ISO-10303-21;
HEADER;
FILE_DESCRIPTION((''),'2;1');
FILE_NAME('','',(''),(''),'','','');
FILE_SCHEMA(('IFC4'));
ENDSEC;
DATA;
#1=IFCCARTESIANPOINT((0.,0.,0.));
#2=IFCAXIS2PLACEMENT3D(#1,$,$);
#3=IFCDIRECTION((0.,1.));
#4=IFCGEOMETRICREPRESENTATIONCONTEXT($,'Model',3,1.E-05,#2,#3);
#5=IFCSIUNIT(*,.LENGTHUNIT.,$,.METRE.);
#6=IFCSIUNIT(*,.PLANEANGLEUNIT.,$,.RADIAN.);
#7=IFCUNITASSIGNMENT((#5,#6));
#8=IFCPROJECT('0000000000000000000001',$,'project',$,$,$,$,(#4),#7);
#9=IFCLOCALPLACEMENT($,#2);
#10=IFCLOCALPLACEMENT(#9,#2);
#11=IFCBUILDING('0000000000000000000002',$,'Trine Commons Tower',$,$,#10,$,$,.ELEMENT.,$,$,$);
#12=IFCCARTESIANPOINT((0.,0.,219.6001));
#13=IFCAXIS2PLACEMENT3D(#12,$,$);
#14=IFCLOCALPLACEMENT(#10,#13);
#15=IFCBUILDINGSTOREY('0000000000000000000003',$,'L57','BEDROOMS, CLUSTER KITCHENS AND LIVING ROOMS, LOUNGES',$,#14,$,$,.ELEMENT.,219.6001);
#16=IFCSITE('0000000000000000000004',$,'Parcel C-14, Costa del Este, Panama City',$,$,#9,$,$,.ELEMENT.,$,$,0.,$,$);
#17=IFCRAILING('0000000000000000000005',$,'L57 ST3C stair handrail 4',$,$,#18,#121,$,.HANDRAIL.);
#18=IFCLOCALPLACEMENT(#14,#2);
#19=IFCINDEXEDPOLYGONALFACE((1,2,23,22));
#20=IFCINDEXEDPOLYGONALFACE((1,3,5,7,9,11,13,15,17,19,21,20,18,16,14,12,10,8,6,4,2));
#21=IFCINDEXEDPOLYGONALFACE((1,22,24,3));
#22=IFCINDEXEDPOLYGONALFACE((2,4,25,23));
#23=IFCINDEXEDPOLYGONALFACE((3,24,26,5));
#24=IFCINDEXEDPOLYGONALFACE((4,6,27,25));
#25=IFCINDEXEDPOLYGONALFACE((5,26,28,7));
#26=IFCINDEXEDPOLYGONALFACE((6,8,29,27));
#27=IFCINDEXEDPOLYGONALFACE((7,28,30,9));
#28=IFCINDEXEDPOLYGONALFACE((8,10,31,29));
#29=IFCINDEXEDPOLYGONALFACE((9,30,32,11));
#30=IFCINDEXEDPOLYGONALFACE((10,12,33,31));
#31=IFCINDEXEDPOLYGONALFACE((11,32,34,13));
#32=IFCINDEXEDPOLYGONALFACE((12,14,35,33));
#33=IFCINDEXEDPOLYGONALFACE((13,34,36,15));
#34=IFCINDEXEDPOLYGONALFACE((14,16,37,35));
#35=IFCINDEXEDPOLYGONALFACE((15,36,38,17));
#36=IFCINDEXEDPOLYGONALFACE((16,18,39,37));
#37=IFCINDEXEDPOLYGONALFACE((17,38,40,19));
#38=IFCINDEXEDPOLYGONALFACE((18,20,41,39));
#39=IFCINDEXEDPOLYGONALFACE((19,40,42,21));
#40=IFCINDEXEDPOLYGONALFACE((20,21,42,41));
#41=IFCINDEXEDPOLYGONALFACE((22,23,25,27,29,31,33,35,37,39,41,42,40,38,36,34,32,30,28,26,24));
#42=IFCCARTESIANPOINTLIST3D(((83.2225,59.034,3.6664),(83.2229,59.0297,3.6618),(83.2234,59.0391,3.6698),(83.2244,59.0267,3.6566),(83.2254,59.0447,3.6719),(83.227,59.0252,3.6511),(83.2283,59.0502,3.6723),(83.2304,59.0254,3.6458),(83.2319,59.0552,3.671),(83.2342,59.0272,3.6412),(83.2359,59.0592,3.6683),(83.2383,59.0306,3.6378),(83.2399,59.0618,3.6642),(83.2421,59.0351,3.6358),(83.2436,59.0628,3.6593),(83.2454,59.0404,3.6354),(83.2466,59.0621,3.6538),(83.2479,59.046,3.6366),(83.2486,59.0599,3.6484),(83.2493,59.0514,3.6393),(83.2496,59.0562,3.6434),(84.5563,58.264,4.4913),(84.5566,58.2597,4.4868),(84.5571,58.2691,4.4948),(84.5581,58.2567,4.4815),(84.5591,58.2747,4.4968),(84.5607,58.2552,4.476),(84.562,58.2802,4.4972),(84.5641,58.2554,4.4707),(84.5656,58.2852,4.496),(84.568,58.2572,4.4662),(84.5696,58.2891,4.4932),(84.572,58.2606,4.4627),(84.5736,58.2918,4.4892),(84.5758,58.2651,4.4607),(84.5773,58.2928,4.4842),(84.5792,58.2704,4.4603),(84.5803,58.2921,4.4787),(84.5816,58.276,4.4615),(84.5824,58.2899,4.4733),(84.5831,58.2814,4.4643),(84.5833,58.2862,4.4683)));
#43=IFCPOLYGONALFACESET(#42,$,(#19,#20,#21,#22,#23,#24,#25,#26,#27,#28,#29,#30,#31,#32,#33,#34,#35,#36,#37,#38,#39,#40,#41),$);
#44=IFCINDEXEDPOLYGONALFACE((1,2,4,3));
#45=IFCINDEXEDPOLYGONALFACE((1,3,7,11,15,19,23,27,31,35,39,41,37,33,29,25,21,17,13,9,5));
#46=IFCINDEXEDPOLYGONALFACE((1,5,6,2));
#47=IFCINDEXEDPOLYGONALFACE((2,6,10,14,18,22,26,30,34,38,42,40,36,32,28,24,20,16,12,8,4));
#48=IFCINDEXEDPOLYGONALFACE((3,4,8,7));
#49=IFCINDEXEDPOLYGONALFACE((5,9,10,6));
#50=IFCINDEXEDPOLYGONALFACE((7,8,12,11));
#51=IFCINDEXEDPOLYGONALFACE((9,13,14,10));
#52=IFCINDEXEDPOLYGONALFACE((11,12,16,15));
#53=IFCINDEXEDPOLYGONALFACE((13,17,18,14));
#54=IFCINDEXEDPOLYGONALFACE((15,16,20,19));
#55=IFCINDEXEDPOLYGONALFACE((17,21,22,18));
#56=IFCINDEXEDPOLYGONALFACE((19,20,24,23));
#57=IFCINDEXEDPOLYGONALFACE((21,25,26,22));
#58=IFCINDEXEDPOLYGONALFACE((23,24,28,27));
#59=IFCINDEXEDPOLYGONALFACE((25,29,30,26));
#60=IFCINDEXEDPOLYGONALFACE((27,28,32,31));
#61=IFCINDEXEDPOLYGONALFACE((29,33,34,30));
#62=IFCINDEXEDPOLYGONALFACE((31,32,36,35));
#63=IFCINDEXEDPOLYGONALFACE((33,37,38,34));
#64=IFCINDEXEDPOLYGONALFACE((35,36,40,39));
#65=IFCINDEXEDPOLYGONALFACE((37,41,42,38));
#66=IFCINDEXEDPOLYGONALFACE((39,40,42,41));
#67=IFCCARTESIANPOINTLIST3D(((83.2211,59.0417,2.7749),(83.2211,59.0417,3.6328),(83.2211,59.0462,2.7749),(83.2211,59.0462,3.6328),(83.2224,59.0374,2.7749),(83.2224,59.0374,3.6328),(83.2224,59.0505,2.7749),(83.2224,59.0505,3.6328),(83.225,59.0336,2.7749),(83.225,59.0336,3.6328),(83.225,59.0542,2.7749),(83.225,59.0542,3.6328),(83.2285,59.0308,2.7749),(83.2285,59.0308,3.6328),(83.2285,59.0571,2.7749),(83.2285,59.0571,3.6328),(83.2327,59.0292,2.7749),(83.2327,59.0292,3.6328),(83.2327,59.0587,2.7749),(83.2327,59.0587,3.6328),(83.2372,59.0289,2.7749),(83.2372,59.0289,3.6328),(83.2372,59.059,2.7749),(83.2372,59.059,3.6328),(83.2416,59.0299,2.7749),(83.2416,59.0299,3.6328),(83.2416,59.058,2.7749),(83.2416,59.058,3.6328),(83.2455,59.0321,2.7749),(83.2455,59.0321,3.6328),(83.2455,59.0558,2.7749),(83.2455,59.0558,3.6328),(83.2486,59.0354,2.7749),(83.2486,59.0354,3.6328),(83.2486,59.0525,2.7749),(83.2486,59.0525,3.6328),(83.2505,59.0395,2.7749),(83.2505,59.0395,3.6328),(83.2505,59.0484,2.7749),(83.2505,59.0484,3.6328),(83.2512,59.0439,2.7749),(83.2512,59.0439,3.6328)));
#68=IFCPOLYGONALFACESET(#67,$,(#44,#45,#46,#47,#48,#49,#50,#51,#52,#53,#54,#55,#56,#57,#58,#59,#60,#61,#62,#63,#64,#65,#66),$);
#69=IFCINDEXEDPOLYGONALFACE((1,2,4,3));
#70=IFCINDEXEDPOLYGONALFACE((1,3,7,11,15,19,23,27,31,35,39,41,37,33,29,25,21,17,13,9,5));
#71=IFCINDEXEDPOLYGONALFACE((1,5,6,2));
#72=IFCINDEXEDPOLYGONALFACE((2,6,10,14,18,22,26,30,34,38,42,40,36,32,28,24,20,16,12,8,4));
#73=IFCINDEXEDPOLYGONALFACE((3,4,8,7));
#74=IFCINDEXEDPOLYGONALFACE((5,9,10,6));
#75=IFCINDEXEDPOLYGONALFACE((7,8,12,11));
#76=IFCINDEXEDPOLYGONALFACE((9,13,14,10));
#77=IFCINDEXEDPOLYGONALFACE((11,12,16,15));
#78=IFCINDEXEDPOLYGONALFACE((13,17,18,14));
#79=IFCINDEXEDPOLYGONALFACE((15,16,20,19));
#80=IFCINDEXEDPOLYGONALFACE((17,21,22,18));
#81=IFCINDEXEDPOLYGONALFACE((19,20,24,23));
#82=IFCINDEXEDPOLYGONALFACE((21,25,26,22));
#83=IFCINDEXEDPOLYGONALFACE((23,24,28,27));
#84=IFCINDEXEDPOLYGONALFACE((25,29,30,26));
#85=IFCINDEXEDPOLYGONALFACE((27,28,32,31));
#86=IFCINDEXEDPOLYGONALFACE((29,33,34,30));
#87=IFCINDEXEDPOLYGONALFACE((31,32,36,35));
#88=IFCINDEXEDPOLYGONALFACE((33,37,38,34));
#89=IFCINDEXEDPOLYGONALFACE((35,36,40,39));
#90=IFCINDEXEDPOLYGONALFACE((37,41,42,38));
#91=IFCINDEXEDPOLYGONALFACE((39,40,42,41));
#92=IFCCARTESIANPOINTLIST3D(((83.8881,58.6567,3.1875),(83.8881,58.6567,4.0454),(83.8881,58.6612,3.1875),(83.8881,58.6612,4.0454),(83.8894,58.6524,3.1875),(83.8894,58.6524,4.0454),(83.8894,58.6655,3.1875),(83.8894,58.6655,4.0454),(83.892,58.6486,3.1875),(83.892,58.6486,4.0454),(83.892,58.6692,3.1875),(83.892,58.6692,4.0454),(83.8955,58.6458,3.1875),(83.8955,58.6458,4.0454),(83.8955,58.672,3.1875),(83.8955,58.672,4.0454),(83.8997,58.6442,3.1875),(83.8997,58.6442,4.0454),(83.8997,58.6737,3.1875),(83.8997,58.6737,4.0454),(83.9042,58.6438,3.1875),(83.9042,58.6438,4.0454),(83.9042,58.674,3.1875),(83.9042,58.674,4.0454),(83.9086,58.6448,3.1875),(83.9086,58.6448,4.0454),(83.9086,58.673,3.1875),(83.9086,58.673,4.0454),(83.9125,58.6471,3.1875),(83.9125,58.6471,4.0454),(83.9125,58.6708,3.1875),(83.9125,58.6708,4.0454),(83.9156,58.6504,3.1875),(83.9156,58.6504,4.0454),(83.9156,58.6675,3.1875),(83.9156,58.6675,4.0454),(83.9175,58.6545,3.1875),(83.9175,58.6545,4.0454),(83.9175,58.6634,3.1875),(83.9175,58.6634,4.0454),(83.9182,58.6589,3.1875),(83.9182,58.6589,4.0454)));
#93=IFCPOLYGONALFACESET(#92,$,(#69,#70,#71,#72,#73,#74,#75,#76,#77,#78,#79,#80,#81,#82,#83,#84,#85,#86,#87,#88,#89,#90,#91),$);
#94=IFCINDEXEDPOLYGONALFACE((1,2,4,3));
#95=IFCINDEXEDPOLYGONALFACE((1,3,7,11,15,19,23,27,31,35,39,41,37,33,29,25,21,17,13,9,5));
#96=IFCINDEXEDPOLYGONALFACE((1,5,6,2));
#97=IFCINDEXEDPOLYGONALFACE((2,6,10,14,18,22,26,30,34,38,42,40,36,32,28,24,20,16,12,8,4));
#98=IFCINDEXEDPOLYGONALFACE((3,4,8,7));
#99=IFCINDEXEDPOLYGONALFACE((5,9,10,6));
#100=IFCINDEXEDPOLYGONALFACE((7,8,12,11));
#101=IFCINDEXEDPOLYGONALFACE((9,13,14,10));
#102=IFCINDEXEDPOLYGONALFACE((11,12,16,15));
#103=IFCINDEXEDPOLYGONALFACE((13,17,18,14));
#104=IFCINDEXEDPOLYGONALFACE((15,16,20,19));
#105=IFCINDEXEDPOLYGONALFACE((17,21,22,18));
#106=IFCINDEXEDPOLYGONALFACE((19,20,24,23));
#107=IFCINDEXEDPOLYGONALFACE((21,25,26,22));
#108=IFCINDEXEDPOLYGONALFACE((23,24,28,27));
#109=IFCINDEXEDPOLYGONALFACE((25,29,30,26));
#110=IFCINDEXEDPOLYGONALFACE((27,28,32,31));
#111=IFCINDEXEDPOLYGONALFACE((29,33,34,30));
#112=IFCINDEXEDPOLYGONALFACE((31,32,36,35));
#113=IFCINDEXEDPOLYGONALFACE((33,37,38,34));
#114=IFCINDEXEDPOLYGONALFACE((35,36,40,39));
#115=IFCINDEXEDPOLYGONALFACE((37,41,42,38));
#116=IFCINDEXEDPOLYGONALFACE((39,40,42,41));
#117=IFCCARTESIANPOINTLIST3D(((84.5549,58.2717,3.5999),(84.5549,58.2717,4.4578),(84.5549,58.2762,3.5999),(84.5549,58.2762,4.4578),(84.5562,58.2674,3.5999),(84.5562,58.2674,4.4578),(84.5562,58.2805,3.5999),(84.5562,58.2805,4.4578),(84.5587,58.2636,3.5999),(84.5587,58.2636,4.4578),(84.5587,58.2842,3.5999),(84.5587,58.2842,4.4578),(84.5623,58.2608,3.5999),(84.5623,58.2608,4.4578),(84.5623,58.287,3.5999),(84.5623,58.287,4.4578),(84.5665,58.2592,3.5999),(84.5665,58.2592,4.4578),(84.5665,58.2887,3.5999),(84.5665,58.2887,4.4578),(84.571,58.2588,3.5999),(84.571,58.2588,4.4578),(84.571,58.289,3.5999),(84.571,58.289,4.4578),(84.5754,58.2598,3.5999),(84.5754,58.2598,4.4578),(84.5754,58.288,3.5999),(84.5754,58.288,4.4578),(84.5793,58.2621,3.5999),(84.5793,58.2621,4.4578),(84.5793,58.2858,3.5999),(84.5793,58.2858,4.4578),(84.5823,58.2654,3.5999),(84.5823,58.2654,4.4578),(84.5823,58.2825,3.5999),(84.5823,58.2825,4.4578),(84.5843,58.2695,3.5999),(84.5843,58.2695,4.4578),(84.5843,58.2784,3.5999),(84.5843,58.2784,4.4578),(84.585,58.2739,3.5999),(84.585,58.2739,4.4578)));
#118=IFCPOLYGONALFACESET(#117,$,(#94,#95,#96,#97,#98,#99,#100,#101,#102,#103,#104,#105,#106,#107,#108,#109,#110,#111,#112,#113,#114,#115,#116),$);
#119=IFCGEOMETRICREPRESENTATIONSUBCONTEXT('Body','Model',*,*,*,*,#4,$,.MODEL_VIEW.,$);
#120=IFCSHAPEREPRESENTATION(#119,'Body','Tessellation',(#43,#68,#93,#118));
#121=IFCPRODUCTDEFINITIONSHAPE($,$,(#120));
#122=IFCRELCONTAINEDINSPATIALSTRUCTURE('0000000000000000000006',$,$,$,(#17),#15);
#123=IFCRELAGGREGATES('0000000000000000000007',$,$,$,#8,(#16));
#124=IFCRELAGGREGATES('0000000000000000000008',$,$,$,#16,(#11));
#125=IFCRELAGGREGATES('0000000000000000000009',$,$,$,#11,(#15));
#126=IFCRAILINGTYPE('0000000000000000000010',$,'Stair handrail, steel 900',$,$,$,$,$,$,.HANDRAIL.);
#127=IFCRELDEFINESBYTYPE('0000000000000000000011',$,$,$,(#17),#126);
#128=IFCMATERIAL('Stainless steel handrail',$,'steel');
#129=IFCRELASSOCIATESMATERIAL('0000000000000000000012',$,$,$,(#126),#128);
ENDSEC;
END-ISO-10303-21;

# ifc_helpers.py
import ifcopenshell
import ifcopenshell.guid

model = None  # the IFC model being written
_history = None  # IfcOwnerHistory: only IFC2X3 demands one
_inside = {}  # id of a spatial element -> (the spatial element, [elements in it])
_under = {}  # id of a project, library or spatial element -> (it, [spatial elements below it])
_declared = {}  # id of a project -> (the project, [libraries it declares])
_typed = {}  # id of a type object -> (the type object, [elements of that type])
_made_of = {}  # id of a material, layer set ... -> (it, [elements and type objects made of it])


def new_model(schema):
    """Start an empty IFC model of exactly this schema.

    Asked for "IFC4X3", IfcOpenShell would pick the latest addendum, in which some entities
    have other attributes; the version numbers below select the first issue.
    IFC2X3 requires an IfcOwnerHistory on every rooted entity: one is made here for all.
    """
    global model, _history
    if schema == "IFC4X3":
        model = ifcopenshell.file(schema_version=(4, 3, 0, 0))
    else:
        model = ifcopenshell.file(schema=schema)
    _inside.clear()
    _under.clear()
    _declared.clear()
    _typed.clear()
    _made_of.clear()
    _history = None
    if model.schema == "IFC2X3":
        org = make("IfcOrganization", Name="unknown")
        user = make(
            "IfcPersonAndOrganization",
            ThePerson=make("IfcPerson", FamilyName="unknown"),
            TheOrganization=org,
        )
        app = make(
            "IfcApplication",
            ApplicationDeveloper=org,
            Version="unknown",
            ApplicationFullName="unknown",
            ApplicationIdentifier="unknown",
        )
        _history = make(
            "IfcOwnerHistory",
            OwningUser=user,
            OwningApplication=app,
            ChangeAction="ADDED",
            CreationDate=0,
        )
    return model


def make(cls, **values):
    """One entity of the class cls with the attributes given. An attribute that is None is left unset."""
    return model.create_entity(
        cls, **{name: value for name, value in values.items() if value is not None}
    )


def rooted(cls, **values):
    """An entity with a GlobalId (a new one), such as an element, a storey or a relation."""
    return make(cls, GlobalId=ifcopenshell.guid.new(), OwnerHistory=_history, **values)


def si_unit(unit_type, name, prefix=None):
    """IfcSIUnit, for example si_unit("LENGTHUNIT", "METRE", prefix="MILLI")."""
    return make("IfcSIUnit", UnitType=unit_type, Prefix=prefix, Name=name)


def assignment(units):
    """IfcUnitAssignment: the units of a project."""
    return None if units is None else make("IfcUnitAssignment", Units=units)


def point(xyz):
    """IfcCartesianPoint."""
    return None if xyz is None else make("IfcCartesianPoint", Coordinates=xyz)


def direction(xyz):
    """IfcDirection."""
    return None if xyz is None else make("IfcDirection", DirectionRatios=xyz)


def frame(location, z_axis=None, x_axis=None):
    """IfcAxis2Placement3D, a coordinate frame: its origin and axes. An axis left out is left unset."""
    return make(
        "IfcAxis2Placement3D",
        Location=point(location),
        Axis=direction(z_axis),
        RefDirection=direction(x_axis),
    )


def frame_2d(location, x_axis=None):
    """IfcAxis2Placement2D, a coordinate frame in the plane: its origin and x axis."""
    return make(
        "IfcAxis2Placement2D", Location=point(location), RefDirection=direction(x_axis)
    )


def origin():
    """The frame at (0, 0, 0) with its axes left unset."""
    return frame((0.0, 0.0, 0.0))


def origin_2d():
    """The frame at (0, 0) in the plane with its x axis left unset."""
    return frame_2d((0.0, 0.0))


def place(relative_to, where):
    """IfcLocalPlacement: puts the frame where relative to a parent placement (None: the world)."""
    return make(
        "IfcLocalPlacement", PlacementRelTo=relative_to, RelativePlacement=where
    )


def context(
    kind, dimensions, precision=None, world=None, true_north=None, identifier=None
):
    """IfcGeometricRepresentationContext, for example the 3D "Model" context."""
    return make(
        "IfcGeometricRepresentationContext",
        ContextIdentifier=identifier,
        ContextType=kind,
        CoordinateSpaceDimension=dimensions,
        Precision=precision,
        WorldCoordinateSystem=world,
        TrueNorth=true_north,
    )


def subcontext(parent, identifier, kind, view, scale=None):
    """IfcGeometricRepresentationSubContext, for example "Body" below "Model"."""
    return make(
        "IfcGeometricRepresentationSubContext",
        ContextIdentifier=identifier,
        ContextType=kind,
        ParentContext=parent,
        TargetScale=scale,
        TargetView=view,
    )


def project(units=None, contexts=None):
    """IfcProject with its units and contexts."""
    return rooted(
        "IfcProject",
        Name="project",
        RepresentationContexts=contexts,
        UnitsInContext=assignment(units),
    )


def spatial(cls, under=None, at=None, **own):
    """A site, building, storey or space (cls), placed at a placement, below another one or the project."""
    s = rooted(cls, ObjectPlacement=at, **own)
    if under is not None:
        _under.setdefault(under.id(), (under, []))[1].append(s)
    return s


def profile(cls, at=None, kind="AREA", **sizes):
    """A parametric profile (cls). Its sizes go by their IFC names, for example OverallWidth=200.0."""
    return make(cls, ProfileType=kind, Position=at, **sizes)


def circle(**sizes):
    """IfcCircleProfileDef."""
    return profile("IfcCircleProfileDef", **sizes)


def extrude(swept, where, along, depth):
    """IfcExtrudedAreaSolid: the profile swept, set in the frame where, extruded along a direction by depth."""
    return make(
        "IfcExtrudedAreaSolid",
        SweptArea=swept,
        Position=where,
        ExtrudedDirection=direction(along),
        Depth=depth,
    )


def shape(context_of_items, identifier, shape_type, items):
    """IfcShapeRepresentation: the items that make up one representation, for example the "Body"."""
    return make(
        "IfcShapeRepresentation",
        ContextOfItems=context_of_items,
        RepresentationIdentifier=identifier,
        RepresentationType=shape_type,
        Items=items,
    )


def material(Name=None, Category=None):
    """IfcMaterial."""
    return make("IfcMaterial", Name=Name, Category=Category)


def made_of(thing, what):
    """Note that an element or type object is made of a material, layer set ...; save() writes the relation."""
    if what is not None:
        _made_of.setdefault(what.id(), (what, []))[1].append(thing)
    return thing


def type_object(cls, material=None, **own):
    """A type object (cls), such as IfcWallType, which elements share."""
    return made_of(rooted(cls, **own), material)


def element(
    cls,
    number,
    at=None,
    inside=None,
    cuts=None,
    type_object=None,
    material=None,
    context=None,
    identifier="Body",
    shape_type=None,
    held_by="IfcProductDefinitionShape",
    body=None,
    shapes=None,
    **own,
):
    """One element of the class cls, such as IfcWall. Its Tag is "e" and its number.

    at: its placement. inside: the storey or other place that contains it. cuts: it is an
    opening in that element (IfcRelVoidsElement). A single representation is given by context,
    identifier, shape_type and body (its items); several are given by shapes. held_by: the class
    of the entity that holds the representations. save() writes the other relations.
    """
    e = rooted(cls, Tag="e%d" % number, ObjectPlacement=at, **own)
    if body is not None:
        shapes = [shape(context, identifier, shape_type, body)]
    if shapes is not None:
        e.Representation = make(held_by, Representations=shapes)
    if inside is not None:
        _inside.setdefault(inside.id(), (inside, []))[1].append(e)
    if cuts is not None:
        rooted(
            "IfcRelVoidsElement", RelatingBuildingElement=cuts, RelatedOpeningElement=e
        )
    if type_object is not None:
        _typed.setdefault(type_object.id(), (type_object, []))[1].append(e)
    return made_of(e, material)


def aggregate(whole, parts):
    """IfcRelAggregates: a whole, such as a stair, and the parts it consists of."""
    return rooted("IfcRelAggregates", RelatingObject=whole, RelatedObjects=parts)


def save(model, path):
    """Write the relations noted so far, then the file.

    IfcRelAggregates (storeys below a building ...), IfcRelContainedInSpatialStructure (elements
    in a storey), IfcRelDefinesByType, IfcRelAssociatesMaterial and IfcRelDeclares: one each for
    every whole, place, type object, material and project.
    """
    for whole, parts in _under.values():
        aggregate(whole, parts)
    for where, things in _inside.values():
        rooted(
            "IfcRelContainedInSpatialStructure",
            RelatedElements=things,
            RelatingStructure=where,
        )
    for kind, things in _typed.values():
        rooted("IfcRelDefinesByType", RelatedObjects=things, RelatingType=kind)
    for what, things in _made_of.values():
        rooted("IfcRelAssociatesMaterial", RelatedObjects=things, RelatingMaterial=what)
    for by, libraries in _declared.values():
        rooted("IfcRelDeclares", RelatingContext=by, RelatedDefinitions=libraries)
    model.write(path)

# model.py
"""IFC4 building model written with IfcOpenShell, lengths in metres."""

from ifc_helpers import new_model, si_unit, direction, frame, origin, origin_2d, place, context, subcontext, project, spatial, circle, extrude, material, type_object, element, save


model = new_model("IFC4")

# Units and contexts
model_context = context("Model", 3, precision=1e-05, world=origin(), true_north=direction((0.0, 1.0)))
body_context = subcontext(model_context, "Body", "Model", "MODEL_VIEW")
ifc_project = project(units=[si_unit("LENGTHUNIT", "METRE"), si_unit("PLANEANGLEUNIT", "RADIAN")], contexts=[model_context])

# Site, building, storey
site_placement = place(None, origin())
site = spatial("IfcSite", under=ifc_project, at=site_placement, Name="Parcel C-14, Costa del Este, Panama City", CompositionType="ELEMENT", RefElevation=0.0)
building_placement = place(site_placement, origin())
building = spatial("IfcBuilding", under=site, at=building_placement, Name="Trine Commons Tower", CompositionType="ELEMENT")
storey_placement = place(building_placement, frame((0.0, 0.0, 219.6001)))
storey = spatial("IfcBuildingStorey", under=building, at=storey_placement, Name="L57", Description="BEDROOMS, CLUSTER KITCHENS AND LIVING ROOMS, LOUNGES", CompositionType="ELEMENT", Elevation=219.6001)

# Railing
ifc_material_1 = material(Name="Stainless steel handrail", Category="steel")
railing_type_1 = type_object("IfcRailingType", Name="Stair handrail, steel 900", PredefinedType="HANDRAIL", material=ifc_material_1)
for number, where, name in (
    (1, (83.2361, 59.0439, 2.7749), "L57 ST3C stair handrail 4"),
):
    element("IfcRailing", number, at=place(storey_placement, frame(where)), inside=storey, type_object=railing_type_1, Name=name, PredefinedType="HANDRAIL", context=body_context, shape_type="SweptSolid", body=[
        extrude(circle(Radius=0.021, at=origin_2d()), frame((0.0, 0.0, 0.8789), z_axis=(0.763405, -0.440743, 0.472185), x_axis=(0.499992, 0.86603, 0.0)), (0.0, 0.0, 1.0), 1.7471),
        extrude(circle(Radius=0.0151, at=origin_2d()), origin(), (0.0, 0.0, 1.0), 0.8579),
        extrude(circle(Radius=0.0151, at=origin_2d()), frame((0.667, -0.385, 0.4126)), (0.0, 0.0, 1.0), 0.8579),
        extrude(circle(Radius=0.0151, at=origin_2d()), frame((1.3337, -0.77, 0.825)), (0.0, 0.0, 1.0), 0.8579),
    ])

save(model, "model.ifc")
